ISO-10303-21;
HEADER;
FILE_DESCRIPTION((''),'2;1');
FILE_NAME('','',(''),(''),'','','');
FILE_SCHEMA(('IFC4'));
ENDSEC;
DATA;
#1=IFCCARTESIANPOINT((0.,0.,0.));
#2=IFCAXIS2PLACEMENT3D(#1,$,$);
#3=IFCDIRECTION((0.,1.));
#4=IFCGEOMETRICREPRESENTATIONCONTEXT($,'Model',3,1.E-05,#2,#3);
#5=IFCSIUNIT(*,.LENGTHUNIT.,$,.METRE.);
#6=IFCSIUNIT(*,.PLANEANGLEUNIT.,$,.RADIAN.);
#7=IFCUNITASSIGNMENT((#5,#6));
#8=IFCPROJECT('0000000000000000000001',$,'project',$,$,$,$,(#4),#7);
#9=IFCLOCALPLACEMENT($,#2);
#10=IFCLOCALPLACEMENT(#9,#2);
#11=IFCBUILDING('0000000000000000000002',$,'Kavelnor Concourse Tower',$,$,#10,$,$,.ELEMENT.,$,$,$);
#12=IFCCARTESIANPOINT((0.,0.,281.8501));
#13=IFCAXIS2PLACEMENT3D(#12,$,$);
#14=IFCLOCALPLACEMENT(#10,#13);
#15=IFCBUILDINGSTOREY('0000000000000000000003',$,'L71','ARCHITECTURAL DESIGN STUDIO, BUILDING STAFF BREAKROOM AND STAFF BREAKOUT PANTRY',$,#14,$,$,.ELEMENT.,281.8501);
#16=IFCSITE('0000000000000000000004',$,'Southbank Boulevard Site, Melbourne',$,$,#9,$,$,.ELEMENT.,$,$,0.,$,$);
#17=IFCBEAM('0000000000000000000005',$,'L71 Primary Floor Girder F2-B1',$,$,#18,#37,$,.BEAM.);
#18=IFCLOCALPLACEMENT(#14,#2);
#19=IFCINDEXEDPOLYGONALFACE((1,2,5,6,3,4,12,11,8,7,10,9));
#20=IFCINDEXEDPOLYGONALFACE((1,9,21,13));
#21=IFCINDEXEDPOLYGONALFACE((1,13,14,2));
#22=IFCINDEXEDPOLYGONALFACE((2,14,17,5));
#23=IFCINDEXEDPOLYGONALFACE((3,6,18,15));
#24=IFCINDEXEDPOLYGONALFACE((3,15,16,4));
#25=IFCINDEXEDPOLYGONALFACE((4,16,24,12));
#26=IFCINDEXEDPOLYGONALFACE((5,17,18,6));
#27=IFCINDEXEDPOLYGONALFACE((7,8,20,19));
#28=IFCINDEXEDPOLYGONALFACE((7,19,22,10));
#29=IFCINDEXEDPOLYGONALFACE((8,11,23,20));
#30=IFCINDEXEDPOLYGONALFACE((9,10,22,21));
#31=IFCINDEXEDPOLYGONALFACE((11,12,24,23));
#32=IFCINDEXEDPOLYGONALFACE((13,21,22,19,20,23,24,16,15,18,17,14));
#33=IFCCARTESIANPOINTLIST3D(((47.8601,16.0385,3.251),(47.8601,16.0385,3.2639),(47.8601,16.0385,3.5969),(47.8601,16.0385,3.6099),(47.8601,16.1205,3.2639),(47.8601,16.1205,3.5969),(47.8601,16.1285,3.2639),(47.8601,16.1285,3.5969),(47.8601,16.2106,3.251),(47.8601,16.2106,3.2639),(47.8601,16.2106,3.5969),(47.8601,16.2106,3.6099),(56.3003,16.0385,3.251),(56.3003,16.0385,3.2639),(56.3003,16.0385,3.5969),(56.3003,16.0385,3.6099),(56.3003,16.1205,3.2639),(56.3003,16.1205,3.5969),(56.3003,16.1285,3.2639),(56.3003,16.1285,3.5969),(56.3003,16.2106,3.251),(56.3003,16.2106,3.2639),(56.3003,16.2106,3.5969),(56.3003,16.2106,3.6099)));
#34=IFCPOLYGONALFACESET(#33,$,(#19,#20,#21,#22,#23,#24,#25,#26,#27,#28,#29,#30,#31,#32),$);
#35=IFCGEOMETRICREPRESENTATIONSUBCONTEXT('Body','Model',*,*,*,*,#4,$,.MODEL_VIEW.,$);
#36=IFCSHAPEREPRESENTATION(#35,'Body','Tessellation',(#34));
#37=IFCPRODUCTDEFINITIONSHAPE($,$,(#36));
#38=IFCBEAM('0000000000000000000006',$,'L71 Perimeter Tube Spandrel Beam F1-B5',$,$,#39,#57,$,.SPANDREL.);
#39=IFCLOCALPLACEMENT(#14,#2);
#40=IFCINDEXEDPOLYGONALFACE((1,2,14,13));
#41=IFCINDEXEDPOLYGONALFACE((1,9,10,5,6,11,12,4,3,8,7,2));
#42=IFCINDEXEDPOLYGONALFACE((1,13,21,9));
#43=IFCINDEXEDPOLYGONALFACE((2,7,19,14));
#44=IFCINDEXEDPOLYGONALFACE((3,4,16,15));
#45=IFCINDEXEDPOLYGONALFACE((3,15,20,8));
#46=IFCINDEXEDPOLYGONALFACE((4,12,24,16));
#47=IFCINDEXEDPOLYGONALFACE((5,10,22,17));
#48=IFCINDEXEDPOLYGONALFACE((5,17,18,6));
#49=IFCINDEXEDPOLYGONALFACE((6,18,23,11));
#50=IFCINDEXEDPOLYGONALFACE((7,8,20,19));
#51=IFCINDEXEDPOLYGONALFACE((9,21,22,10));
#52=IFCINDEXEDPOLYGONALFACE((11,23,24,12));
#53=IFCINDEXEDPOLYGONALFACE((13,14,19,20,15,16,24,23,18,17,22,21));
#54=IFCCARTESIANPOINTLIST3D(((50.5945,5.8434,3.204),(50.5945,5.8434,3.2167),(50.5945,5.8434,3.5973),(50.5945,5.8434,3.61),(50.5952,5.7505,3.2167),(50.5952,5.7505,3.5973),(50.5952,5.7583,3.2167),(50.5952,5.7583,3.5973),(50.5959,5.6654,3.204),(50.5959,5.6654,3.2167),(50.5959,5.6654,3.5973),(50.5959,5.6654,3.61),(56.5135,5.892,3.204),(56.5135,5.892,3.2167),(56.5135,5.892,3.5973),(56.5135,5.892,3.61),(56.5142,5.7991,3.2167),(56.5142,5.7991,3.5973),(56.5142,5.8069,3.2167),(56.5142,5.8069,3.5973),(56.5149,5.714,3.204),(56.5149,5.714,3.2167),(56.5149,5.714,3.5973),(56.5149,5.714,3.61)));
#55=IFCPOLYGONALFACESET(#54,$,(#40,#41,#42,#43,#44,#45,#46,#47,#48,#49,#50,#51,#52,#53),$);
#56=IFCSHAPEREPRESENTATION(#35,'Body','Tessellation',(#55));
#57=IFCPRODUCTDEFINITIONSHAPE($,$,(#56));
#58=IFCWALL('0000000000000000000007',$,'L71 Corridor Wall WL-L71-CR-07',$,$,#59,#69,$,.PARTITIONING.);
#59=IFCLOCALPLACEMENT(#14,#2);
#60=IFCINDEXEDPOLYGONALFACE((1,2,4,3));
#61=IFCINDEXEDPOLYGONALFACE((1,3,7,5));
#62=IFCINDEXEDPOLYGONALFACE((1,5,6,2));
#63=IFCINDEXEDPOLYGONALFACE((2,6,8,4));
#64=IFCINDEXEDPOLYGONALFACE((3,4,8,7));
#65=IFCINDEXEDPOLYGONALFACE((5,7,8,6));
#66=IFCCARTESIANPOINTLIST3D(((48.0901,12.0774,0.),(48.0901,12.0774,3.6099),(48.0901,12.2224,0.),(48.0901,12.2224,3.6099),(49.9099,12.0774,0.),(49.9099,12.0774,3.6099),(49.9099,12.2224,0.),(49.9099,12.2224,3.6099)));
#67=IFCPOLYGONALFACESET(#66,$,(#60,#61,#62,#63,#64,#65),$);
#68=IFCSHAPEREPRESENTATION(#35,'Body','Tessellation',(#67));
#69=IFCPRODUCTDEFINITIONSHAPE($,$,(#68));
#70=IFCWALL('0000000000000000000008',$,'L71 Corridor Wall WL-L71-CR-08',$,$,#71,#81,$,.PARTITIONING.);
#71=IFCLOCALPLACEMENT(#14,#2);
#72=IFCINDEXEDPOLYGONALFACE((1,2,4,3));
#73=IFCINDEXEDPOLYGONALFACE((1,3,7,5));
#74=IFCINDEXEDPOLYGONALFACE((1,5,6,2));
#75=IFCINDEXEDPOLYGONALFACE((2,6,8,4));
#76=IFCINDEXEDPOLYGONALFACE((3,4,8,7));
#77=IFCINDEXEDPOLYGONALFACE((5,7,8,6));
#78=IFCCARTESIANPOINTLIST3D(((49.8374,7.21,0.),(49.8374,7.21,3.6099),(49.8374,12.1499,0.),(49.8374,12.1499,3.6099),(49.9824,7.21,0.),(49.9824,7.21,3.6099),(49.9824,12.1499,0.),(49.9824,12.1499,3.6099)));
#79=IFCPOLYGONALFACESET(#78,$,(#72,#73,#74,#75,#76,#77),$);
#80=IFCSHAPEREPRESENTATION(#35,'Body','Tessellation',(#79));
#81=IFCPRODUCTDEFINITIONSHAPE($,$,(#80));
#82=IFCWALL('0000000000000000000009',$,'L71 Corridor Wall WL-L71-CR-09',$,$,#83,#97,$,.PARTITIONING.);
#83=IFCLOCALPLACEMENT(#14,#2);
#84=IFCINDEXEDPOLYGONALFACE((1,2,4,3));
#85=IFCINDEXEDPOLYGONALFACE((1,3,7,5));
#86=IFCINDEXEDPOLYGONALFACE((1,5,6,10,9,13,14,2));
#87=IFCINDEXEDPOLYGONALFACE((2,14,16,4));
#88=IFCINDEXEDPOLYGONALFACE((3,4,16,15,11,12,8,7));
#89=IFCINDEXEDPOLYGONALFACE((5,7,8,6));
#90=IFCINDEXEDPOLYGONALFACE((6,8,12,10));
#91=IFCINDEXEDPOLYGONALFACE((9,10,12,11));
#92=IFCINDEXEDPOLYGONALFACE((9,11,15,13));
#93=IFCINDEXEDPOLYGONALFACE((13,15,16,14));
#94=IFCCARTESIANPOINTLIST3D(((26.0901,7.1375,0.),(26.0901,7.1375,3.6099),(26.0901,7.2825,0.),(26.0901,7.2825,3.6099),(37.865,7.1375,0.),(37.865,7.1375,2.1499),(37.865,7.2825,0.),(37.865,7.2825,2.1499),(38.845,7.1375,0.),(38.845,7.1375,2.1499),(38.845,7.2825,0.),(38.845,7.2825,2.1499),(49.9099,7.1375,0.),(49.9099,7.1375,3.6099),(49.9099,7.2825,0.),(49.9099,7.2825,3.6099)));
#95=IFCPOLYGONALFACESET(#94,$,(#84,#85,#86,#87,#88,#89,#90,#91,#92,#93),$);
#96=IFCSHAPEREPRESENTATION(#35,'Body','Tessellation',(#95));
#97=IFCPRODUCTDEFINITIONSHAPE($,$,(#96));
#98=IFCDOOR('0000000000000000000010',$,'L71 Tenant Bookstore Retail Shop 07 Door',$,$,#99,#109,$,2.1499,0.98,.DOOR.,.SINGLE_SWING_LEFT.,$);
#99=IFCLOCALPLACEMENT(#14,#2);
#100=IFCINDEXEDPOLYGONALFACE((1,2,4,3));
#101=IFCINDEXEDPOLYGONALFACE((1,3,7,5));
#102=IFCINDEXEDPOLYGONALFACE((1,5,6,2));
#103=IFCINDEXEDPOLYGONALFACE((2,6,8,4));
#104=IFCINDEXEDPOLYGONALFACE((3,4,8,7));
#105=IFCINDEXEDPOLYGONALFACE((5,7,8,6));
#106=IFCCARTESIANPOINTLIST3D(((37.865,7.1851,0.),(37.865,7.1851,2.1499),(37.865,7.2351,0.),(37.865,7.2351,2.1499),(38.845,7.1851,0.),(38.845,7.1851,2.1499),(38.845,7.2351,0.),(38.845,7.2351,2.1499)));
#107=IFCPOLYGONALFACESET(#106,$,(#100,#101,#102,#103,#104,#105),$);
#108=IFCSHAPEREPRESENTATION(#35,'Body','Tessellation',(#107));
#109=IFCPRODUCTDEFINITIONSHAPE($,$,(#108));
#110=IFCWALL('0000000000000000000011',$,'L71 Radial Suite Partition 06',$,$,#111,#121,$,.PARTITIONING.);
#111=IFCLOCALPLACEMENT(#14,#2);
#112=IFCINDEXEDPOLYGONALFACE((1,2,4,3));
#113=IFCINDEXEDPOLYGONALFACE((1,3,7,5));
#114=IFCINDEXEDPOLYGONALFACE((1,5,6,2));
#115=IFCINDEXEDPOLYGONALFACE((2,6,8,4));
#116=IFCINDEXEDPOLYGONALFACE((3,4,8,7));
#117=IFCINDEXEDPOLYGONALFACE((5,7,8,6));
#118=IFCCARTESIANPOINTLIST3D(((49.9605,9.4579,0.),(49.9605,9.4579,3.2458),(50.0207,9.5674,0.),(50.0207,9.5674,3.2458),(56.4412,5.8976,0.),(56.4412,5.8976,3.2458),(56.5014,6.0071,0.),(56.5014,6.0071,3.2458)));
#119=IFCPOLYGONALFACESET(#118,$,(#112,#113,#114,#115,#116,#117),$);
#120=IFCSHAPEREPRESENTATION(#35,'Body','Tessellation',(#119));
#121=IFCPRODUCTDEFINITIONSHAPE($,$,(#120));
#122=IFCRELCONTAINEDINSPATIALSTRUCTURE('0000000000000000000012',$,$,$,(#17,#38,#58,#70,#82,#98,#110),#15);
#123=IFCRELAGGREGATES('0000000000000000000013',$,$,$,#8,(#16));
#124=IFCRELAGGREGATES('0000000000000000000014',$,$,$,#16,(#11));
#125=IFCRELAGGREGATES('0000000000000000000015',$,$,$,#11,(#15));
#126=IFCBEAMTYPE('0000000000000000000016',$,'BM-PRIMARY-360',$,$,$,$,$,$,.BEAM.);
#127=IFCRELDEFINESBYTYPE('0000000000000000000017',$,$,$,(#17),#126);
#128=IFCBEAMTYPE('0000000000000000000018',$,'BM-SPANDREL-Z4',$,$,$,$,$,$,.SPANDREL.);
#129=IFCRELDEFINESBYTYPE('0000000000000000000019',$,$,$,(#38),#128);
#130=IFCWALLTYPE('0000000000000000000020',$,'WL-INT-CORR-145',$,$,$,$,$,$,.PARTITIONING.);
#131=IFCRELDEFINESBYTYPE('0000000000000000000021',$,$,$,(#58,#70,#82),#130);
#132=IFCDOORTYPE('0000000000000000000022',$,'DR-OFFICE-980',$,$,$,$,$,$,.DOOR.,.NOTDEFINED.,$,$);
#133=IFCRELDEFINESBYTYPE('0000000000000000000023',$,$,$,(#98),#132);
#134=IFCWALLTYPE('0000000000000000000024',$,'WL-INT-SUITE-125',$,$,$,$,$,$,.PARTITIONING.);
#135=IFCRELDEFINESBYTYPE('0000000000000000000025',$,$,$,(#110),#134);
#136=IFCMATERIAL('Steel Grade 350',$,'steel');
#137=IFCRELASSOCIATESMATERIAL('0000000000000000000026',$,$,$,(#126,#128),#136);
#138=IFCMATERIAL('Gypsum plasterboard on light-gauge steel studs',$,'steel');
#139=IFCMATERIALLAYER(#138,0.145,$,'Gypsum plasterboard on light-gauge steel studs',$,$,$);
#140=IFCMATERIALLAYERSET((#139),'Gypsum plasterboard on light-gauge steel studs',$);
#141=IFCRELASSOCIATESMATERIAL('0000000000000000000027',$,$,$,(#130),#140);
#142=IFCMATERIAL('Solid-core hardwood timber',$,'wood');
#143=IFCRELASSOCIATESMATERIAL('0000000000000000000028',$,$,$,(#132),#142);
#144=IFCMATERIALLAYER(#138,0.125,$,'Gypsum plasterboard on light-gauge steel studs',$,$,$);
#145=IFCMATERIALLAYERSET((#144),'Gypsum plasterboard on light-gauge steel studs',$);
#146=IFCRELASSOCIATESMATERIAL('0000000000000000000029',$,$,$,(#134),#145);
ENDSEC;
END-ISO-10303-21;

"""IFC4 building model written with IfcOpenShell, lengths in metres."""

from ifc_helpers import new_model, si_unit, direction, frame, frame_2d, origin, origin_2d, place, context, subcontext, project, spatial, rectangle, i_section, extrude, material, layer, layer_set, material_profile, profile_set, type_object, element, fill, save


model = new_model("IFC4")

# Units and contexts
model_context = context("Model", 3, precision=1e-05, world=origin(), true_north=direction((0.0, 1.0)))
body_context = subcontext(model_context, "Body", "Model", "MODEL_VIEW")
ifc_project = project(units=[si_unit("LENGTHUNIT", "METRE"), si_unit("PLANEANGLEUNIT", "RADIAN")], contexts=[model_context])

# Site, building, storey
site_placement = place(None, origin())
site = spatial("IfcSite", under=ifc_project, at=site_placement, Name="Southbank Boulevard Site, Melbourne", CompositionType="ELEMENT", RefElevation=0.0)
building_placement = place(site_placement, origin())
building = spatial("IfcBuilding", under=site, at=building_placement, Name="Kavelnor Concourse Tower", CompositionType="ELEMENT")
storey_placement = place(building_placement, frame((0.0, 0.0, 281.8501)))
storey = spatial("IfcBuildingStorey", under=building, at=storey_placement, Name="L71", Description="ARCHITECTURAL DESIGN STUDIO, BUILDING STAFF BREAKROOM AND STAFF BREAKOUT PANTRY", CompositionType="ELEMENT", Elevation=281.8501)

# Shared definitions
ifc_material_1 = material(Name="Steel Grade 350", Category="steel")

# Beams
ifc_material_profile_1 = material_profile(ifc_material_1, i_section(OverallWidth=0.1721, OverallDepth=0.3589, WebThickness=0.0081, FlangeThickness=0.0129, at=origin_2d()), Name="360UB56")
ifc_profile_set_1 = profile_set([ifc_material_profile_1], Name="Steel Grade 350")
beam_type_1 = type_object("IfcBeamType", Name="BM-PRIMARY-360", PredefinedType="BEAM", material=ifc_profile_set_1)
beam_1_placement = place(storey_placement, frame((47.8601, 16.1245, 3.4304), z_axis=(1.0, 0.0, 0.0), x_axis=(0.0, 1.0, 0.0)))
element("IfcBeam", 1, at=beam_1_placement, inside=storey, type_object=beam_type_1, Name="L71 Primary Floor Girder F2-B1", PredefinedType="BEAM", context=body_context, shape_type="SweptSolid", body=[
    extrude(i_section(OverallWidth=0.1721, OverallDepth=0.3589, WebThickness=0.0081, FlangeThickness=0.0129, at=origin_2d()), origin(), (0.0, 0.0, 1.0), 8.4402),
])
ifc_material_profile_2 = material_profile(ifc_material_1, i_section(OverallWidth=0.178, OverallDepth=0.406, WebThickness=0.0078, FlangeThickness=0.0127, at=origin_2d()), Name="410UB59")
ifc_profile_set_2 = profile_set([ifc_material_profile_2], Name="Steel Grade 350")
beam_type_2 = type_object("IfcBeamType", Name="BM-SPANDREL-Z4", PredefinedType="SPANDREL", material=ifc_profile_set_2)
beam_2_placement = place(storey_placement, frame((50.5952, 5.7544, 3.407), z_axis=(0.999966, 0.008208, 0.0), x_axis=(-0.008208, 0.999966, 0.0)))
element("IfcBeam", 2, at=beam_2_placement, inside=storey, type_object=beam_type_2, Name="L71 Perimeter Tube Spandrel Beam F1-B5", PredefinedType="SPANDREL", context=body_context, shape_type="SweptSolid", body=[
    extrude(i_section(OverallWidth=0.178, OverallDepth=0.406, WebThickness=0.0078, FlangeThickness=0.0127, at=origin_2d()), origin(), (0.0, 0.0, 1.0), 5.9192),
])

# Walls
ifc_material_2 = material(Name="Gypsum plasterboard on light-gauge steel studs", Category="steel")
ifc_layer_1 = layer(ifc_material_2, 0.145, Name="Gypsum plasterboard on light-gauge steel studs")
ifc_layer_set_1 = layer_set([ifc_layer_1], Name="Gypsum plasterboard on light-gauge steel studs")
wall_type_1 = type_object("IfcWallType", Name="WL-INT-CORR-145", PredefinedType="PARTITIONING", material=ifc_layer_set_1)
wall_1_placement = place(storey_placement, frame((48.0901, 12.1499, 0.0), z_axis=(0.0, 0.0, 1.0), x_axis=(1.0, 0.0, 0.0)))
element("IfcWall", 3, at=wall_1_placement, inside=storey, type_object=wall_type_1, Name="L71 Corridor Wall WL-L71-CR-07", PredefinedType="PARTITIONING", context=body_context, shape_type="SweptSolid", body=[
    extrude(rectangle(XDim=1.8198, YDim=0.145, at=frame_2d((0.9099, 0.0))), origin(), (0.0, 0.0, 1.0), 3.6099),
])
wall_2_placement = place(storey_placement, frame((49.9099, 12.1499, 0.0), z_axis=(0.0, 0.0, 1.0), x_axis=(0.0, -1.0, 0.0)))
element("IfcWall", 4, at=wall_2_placement, inside=storey, type_object=wall_type_1, Name="L71 Corridor Wall WL-L71-CR-08", PredefinedType="PARTITIONING", context=body_context, shape_type="SweptSolid", body=[
    extrude(rectangle(XDim=4.9399, YDim=0.145, at=frame_2d((2.47, 0.0))), origin(), (0.0, 0.0, 1.0), 3.6099),
])

# Wall, opening, door
wall_3_placement = place(storey_placement, frame((49.9099, 7.21, 0.0), z_axis=(0.0, 0.0, 1.0), x_axis=(-1.0, 0.0, 0.0)))
wall_3 = element("IfcWall", 5, at=wall_3_placement, inside=storey, type_object=wall_type_1, Name="L71 Corridor Wall WL-L71-CR-09", PredefinedType="PARTITIONING", context=body_context, shape_type="SweptSolid", body=[
    extrude(rectangle(XDim=23.8198, YDim=0.145, at=frame_2d((11.9099, 0.0))), origin(), (0.0, 0.0, 1.0), 3.6099),
])
opening_placement = place(wall_3_placement, frame((11.0649, 0.0, 0.0)))
opening = element("IfcOpeningElement", 6, at=opening_placement, cuts=wall_3, PredefinedType="OPENING", context=body_context, shape_type="SweptSolid", body=[
    extrude(rectangle(XDim=0.98, YDim=2.1499, at=frame_2d((0.49, 1.075))), frame((0.0, 0.0825, 0.0), z_axis=(0.0, -1.0, 0.0), x_axis=(1.0, 0.0, 0.0)), (0.0, 0.0, 1.0), 0.165),
])
ifc_material_3 = material(Name="Solid-core hardwood timber", Category="wood")
door_type = type_object("IfcDoorType", Name="DR-OFFICE-980", OperationType="NOTDEFINED", PredefinedType="DOOR", material=ifc_material_3)
door_placement = place(opening_placement, origin())
door = element("IfcDoor", 7, at=door_placement, inside=storey, type_object=door_type, Name="L71 Tenant Bookstore Retail Shop 07 Door", OperationType="SINGLE_SWING_LEFT", OverallHeight=2.1499, OverallWidth=0.98, PredefinedType="DOOR", context=body_context, shape_type="SweptSolid", body=[
    extrude(rectangle(XDim=0.98, YDim=2.1499, at=frame_2d((0.49, 1.075))), frame((0.0, 0.0249, 0.0), z_axis=(0.0, -1.0, 0.0), x_axis=(1.0, 0.0, 0.0)), (0.0, 0.0, 1.0), 0.05),
])
fill(opening, door)

# Wall
ifc_layer_2 = layer(ifc_material_2, 0.125, Name="Gypsum plasterboard on light-gauge steel studs")
ifc_layer_set_2 = layer_set([ifc_layer_2], Name="Gypsum plasterboard on light-gauge steel studs")
wall_type_2 = type_object("IfcWallType", Name="WL-INT-SUITE-125", PredefinedType="PARTITIONING", material=ifc_layer_set_2)
wall_4_placement = place(storey_placement, frame((49.9905, 9.5127, 0.0), z_axis=(0.0, 0.0, 1.0), x_axis=(0.876449, -0.481494, 0.0)))
element("IfcWall", 8, at=wall_4_placement, inside=storey, type_object=wall_type_2, Name="L71 Radial Suite Partition 06", PredefinedType="PARTITIONING", context=body_context, shape_type="SweptSolid", body=[
    extrude(rectangle(XDim=7.3943, YDim=0.125, at=frame_2d((3.6973, 0.0))), origin(), (0.0, 0.0, 1.0), 3.2458),
])

save(model, "model.ifc")
